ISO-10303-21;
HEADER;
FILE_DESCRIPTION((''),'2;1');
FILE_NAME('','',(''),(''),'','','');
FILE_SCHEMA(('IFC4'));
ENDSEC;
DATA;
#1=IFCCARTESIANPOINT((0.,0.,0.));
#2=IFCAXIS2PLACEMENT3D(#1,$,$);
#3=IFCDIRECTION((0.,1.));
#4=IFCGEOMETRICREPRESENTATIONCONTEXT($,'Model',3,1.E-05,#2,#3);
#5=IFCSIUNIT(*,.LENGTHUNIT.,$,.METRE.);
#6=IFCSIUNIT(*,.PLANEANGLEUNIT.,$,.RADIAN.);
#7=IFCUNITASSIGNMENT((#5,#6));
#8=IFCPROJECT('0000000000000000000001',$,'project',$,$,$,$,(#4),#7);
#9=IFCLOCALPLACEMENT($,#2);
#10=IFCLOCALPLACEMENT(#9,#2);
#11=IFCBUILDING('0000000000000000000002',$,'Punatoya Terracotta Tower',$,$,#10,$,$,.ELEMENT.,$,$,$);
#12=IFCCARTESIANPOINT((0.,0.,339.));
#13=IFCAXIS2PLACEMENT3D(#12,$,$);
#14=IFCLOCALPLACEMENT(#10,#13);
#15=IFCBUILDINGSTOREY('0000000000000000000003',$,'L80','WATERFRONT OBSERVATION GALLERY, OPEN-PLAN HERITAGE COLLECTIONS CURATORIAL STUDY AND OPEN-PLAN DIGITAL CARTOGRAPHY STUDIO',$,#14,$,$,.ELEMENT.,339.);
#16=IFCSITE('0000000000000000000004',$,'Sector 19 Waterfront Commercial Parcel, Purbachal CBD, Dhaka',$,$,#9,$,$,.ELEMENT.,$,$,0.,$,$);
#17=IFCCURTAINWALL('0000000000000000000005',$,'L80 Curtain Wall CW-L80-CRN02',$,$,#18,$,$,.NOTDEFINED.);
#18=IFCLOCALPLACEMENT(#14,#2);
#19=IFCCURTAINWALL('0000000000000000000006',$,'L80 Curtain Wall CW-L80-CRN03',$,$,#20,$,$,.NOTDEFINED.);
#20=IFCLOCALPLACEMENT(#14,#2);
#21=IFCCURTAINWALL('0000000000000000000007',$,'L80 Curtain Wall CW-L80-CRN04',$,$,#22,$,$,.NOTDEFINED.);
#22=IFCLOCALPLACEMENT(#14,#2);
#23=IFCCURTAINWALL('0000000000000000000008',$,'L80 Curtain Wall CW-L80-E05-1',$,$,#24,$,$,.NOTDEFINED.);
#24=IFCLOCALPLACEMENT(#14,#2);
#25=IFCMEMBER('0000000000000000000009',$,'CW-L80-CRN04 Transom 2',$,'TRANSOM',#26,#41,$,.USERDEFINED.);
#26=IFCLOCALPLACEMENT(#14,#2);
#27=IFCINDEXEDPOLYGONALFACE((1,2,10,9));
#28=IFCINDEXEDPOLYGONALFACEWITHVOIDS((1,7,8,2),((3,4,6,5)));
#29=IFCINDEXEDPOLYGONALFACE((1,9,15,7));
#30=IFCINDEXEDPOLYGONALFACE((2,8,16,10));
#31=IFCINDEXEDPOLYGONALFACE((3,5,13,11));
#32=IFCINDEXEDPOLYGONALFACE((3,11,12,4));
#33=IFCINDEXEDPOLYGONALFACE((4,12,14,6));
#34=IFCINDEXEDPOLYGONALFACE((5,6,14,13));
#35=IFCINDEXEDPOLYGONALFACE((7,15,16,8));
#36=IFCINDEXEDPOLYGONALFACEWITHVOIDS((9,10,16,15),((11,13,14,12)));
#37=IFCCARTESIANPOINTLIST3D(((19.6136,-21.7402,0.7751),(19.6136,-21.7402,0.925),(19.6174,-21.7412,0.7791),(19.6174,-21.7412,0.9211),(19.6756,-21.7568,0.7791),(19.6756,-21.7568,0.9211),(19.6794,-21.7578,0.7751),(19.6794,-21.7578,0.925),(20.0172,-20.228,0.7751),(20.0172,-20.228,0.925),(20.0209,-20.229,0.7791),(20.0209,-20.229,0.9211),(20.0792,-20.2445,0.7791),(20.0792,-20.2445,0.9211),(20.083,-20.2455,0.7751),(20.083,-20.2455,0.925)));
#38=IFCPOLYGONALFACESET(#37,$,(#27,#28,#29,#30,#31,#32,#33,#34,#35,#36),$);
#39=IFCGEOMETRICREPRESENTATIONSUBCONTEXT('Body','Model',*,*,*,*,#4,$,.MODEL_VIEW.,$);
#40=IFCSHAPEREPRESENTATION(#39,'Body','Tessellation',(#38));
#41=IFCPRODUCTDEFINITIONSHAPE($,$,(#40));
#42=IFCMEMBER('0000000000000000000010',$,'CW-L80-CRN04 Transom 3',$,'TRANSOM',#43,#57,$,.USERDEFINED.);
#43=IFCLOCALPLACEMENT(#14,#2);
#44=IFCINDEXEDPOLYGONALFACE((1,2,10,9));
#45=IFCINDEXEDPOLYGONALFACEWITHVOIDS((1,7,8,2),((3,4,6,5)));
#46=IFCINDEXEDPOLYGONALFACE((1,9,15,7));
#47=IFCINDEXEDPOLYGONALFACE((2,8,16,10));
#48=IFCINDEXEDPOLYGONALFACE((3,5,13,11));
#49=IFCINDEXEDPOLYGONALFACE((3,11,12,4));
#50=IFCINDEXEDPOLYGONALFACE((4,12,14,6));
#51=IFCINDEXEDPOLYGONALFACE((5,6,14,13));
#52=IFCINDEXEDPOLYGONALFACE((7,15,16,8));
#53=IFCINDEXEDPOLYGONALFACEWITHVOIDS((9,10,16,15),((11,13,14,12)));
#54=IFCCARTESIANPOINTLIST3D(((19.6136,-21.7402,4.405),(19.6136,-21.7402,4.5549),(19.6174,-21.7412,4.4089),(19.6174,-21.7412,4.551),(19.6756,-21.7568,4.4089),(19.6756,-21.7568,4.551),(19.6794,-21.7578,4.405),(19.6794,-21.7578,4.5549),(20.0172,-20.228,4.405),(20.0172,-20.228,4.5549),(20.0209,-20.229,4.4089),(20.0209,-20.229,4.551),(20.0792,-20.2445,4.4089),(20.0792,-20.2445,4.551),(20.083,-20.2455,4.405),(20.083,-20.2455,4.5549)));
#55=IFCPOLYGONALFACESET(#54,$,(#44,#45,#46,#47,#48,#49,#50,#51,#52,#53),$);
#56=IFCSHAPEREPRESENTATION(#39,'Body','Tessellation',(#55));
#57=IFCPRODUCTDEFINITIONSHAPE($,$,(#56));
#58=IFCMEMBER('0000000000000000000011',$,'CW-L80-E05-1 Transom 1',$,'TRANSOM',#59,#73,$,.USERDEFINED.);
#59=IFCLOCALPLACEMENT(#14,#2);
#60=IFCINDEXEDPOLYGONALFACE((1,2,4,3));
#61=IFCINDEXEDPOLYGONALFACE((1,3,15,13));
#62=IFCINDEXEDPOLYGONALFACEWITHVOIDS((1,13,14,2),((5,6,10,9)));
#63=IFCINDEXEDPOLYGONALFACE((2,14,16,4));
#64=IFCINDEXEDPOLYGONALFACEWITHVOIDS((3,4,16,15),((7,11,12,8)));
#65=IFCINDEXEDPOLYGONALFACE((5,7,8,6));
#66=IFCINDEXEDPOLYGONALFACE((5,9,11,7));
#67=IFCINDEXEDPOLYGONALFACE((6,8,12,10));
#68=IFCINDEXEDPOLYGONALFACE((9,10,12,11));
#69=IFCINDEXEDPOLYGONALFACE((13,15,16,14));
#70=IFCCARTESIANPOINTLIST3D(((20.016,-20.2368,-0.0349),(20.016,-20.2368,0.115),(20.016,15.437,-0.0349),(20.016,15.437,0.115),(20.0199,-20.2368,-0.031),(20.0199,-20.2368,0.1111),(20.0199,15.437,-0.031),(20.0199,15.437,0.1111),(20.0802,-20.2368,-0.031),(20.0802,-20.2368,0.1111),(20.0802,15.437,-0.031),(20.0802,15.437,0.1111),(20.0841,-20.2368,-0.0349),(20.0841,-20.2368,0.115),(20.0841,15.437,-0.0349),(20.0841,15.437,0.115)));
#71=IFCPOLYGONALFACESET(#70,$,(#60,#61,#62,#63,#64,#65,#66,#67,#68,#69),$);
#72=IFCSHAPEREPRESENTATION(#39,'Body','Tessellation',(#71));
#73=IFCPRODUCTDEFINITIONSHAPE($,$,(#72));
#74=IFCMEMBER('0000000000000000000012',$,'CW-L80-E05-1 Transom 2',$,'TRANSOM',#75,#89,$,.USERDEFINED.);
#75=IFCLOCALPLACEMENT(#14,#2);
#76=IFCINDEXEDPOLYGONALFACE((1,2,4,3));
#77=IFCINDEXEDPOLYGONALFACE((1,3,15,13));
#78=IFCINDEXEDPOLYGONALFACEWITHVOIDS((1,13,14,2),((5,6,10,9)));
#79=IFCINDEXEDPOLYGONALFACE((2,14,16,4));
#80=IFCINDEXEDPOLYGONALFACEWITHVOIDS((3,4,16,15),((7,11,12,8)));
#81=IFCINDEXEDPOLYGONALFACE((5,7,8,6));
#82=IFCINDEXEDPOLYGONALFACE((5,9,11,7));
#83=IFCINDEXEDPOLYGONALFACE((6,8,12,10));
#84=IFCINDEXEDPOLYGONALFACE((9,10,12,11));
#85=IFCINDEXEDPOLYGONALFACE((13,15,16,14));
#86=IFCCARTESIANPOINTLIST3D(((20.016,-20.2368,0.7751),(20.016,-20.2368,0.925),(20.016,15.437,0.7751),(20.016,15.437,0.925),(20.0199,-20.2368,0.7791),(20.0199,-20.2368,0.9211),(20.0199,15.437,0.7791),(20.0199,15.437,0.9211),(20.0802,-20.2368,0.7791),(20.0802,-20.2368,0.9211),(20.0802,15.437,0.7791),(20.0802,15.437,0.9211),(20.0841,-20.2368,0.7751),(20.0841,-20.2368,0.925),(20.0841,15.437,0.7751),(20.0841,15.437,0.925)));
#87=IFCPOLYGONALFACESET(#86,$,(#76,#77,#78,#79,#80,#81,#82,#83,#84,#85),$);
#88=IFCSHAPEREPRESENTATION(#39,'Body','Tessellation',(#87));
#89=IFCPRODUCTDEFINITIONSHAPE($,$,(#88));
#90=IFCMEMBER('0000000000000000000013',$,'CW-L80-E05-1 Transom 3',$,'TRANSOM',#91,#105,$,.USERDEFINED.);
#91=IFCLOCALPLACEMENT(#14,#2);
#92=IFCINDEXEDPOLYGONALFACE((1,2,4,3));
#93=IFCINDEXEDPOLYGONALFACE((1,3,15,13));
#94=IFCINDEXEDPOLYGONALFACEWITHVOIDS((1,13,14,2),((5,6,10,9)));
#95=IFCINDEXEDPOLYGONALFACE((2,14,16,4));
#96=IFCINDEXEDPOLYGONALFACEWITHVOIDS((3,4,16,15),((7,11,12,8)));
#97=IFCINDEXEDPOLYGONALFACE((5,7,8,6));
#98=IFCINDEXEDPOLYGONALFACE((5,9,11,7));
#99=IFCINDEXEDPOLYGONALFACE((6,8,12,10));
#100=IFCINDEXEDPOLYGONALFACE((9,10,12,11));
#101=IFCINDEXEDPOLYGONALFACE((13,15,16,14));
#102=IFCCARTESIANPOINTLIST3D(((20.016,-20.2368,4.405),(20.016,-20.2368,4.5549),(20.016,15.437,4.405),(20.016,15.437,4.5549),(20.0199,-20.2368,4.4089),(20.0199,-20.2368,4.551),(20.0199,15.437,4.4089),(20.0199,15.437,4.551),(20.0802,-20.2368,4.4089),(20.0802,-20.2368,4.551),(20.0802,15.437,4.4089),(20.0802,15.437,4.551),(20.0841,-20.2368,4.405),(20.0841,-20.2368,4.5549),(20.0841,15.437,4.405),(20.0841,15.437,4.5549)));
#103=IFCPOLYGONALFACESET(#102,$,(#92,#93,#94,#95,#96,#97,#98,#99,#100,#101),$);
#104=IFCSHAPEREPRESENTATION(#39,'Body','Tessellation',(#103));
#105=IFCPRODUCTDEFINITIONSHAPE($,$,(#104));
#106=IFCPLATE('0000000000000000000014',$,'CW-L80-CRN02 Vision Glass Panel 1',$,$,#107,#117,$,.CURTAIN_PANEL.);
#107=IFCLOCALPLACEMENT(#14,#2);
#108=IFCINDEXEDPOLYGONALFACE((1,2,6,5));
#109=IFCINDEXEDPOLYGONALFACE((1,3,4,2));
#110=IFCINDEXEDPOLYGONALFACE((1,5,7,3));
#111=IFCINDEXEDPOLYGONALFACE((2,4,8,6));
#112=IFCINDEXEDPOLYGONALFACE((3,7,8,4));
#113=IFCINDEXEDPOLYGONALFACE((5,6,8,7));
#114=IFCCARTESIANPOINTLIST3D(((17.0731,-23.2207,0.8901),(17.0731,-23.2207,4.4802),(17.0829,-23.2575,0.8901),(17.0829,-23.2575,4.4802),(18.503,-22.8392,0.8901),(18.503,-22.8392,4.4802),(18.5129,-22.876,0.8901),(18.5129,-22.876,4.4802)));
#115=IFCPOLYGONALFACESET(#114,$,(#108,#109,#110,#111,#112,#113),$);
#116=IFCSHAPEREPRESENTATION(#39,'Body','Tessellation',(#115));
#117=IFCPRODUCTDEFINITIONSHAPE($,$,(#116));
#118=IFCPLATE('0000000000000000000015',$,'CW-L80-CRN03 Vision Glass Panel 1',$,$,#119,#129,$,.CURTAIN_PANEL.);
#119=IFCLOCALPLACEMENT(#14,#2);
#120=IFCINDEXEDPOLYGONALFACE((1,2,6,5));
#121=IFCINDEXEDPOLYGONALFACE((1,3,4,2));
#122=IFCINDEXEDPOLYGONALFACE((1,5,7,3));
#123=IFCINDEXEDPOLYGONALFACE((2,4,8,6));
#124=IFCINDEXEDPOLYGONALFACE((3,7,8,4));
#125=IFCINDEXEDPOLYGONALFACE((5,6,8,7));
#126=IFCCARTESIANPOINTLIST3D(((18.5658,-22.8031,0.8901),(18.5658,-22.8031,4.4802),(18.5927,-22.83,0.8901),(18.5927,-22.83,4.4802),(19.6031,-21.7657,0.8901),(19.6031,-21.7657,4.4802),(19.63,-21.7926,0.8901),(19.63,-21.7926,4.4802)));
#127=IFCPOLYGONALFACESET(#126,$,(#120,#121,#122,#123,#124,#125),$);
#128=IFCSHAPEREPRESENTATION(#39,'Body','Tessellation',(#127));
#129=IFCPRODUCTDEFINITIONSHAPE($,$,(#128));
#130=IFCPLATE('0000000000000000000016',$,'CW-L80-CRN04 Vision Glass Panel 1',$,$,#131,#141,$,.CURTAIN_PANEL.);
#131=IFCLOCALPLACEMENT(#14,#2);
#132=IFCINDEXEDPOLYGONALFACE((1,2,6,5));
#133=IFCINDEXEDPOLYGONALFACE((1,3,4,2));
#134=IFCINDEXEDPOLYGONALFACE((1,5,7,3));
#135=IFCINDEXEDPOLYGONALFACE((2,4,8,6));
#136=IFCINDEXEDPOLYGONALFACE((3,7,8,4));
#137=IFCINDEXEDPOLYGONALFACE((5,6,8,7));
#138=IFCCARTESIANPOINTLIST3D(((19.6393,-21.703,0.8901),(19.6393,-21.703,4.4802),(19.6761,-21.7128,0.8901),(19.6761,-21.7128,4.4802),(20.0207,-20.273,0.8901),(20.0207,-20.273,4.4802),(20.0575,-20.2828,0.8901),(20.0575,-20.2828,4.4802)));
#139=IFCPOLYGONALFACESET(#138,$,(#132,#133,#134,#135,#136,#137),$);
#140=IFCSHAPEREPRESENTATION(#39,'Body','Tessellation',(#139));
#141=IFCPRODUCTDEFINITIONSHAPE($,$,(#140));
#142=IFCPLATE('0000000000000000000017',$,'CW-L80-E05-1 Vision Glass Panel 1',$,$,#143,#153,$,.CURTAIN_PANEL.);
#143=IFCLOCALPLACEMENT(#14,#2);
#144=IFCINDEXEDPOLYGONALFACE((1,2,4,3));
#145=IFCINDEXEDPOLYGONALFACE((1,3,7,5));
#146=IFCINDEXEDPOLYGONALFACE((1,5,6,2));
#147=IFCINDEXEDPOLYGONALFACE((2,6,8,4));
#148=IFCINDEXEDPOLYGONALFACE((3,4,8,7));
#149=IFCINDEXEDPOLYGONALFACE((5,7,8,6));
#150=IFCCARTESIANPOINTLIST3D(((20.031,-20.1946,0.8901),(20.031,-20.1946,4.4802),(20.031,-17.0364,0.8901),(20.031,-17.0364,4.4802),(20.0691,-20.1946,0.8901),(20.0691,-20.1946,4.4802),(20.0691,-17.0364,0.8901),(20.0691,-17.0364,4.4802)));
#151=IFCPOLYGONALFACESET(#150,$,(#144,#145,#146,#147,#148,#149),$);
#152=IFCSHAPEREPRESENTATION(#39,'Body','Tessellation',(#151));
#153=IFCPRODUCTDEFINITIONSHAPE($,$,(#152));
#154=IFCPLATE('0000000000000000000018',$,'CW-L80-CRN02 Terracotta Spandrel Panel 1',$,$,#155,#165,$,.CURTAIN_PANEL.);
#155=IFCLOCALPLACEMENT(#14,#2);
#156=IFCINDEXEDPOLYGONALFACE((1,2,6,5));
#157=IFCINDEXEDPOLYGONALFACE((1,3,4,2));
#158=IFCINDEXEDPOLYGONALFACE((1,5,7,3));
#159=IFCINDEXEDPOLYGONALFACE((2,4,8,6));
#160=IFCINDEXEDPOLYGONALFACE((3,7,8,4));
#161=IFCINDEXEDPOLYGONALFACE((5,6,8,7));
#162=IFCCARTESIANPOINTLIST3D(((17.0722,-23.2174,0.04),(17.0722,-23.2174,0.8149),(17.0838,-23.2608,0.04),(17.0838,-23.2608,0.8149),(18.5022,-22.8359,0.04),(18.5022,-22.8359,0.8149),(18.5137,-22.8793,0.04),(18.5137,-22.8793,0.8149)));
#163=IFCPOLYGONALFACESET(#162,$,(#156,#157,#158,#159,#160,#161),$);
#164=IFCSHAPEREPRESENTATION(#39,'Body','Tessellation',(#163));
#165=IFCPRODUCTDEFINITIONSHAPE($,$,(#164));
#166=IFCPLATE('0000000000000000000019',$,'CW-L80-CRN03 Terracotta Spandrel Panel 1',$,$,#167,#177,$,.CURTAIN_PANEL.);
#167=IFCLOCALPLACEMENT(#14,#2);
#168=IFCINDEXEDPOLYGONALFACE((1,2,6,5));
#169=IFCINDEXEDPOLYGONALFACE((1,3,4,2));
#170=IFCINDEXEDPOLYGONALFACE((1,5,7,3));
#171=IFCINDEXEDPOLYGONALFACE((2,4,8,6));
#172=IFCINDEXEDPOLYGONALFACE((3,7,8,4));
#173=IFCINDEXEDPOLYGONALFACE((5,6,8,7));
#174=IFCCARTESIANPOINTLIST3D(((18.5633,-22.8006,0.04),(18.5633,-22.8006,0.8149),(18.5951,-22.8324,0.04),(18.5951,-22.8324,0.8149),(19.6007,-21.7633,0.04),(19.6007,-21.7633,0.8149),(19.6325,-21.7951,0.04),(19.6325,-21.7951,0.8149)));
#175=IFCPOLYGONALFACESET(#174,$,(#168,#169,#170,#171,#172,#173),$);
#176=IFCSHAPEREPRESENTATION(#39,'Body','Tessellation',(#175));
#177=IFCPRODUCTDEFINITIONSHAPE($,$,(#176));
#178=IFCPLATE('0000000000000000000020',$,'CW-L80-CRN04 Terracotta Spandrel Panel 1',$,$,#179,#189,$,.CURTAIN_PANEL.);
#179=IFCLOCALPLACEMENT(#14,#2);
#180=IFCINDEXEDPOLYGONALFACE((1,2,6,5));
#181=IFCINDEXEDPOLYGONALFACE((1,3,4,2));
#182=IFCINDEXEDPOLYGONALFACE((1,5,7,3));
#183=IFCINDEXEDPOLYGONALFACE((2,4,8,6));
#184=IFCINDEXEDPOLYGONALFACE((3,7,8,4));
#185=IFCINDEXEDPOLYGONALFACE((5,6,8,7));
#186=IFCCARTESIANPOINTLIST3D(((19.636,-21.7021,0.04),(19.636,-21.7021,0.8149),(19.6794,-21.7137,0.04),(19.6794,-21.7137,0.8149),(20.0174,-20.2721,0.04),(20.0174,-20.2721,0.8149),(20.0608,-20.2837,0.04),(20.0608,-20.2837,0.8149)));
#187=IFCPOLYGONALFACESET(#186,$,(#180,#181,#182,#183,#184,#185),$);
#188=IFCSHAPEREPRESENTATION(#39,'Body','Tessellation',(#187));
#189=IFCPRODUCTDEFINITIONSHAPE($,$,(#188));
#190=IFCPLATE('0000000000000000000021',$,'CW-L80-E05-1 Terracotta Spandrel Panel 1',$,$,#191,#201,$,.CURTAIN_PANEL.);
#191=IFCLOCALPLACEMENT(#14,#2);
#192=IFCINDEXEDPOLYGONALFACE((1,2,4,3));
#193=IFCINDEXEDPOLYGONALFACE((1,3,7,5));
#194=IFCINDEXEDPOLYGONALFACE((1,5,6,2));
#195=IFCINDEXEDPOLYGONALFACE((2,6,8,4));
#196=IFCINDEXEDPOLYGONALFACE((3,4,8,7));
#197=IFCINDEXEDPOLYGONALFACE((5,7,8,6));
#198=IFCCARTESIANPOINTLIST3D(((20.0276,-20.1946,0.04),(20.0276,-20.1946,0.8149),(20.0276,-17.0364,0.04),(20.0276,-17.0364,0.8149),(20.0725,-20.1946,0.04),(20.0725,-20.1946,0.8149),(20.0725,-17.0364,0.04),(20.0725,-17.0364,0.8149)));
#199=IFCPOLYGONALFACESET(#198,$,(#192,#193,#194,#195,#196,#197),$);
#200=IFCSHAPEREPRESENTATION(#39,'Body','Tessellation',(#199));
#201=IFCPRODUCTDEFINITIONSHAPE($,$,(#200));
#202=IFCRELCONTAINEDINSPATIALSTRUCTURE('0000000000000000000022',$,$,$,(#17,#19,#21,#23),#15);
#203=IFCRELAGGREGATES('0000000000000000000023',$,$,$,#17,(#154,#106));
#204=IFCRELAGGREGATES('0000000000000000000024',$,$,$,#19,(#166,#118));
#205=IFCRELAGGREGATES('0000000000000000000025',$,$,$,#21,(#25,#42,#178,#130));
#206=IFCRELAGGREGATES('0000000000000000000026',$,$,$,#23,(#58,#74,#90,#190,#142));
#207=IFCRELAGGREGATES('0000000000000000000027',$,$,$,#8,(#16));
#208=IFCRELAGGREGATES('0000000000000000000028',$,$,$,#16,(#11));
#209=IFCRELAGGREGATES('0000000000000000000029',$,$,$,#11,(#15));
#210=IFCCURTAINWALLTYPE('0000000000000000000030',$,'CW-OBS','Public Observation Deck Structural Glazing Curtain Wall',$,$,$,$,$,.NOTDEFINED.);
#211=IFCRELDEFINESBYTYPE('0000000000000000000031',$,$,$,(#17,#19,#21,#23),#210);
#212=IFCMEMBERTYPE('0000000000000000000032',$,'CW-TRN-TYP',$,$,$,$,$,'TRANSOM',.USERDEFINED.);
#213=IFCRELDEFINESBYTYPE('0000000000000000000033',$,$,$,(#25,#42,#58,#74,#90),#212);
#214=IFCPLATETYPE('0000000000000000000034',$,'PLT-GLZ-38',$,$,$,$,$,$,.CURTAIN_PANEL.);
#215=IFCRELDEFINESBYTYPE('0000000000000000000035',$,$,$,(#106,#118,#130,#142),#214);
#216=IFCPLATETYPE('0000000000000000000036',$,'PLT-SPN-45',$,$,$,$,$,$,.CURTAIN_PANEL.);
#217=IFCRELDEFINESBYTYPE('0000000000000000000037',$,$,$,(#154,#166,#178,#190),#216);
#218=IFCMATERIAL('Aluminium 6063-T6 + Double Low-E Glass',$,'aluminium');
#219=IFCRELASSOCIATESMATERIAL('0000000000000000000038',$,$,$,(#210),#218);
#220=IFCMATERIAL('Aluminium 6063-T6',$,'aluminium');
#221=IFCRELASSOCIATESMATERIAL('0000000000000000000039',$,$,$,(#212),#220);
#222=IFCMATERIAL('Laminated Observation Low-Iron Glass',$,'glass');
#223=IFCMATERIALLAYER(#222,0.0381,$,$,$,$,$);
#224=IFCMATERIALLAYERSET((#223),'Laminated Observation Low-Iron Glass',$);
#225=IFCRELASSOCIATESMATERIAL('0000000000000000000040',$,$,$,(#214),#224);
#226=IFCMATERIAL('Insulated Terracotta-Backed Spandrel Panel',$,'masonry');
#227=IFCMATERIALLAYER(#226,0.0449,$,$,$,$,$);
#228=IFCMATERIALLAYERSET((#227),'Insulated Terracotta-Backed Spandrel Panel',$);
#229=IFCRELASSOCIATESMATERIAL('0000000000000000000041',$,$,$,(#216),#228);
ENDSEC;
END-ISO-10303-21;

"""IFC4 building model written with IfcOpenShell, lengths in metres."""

from ifc_helpers import new_model, si_unit, direction, frame, origin, origin_2d, place, context, subcontext, project, spatial, rectangle, hollow_rectangle, extrude, material, layer, layer_set, material_profile, profile_set, type_object, element, aggregate, save


model = new_model("IFC4")

# Units and contexts
model_context = context("Model", 3, precision=1e-05, world=origin(), true_north=direction((0.0, 1.0)))
body_context = subcontext(model_context, "Body", "Model", "MODEL_VIEW")
ifc_project = project(units=[si_unit("LENGTHUNIT", "METRE"), si_unit("PLANEANGLEUNIT", "RADIAN")], contexts=[model_context])

# Site, building, storey
site_placement = place(None, origin())
site = spatial("IfcSite", under=ifc_project, at=site_placement, Name="Sector 19 Waterfront Commercial Parcel, Purbachal CBD, Dhaka", CompositionType="ELEMENT", RefElevation=0.0)
building_placement = place(site_placement, origin())
building = spatial("IfcBuilding", under=site, at=building_placement, Name="Punatoya Terracotta Tower", CompositionType="ELEMENT")
storey_placement = place(building_placement, frame((0.0, 0.0, 339.0)))
storey = spatial("IfcBuildingStorey", under=building, at=storey_placement, Name="L80", Description="WATERFRONT OBSERVATION GALLERY, OPEN-PLAN HERITAGE COLLECTIONS CURATORIAL STUDY AND OPEN-PLAN DIGITAL CARTOGRAPHY STUDIO", CompositionType="ELEMENT", Elevation=339.0)

# Curtain walls
ifc_material_1 = material(Name="Aluminium 6063-T6 + Double Low-E Glass", Category="aluminium")
curtain_wall_type = type_object("IfcCurtainWallType", Name="CW-OBS", Description="Public Observation Deck Structural Glazing Curtain Wall", PredefinedType="NOTDEFINED", material=ifc_material_1)
curtain_wall_1_placement = place(storey_placement, origin())
curtain_wall_1 = element("IfcCurtainWall", 1, at=curtain_wall_1_placement, inside=storey, type_object=curtain_wall_type, Name="L80 Curtain Wall CW-L80-CRN02", PredefinedType="NOTDEFINED")
ifc_material_2 = material(Name="Aluminium 6063-T6", Category="aluminium")
curtain_wall_2_placement = place(storey_placement, origin())
curtain_wall_2 = element("IfcCurtainWall", 2, at=curtain_wall_2_placement, inside=storey, type_object=curtain_wall_type, Name="L80 Curtain Wall CW-L80-CRN03", PredefinedType="NOTDEFINED")
curtain_wall_3_placement = place(storey_placement, origin())
curtain_wall_3 = element("IfcCurtainWall", 3, at=curtain_wall_3_placement, inside=storey, type_object=curtain_wall_type, Name="L80 Curtain Wall CW-L80-CRN04", PredefinedType="NOTDEFINED")

# Curtain wall
curtain_wall_4_placement = place(storey_placement, origin())
curtain_wall_4 = element("IfcCurtainWall", 4, at=curtain_wall_4_placement, inside=storey, type_object=curtain_wall_type, Name="L80 Curtain Wall CW-L80-E05-1", PredefinedType="NOTDEFINED")

# Members
ifc_material_profile_1 = material_profile(ifc_material_2, hollow_rectangle(XDim=0.0681, YDim=0.1499, WallThickness=0.0039, at=origin_2d()))
ifc_profile_set_1 = profile_set([ifc_material_profile_1], Name="Aluminium 6063-T6")
member_type_1 = type_object("IfcMemberType", Name="CW-TRN-TYP", ElementType="TRANSOM", PredefinedType="USERDEFINED", material=ifc_profile_set_1)
member_1_placement = place(storey_placement, frame((19.6465, -21.749, 0.8501), z_axis=(0.257847, 0.966186, 0.0), x_axis=(-0.966186, 0.257847, 0.0)))
member_1 = element("IfcMember", 5, at=member_1_placement, type_object=member_type_1, Name="CW-L80-CRN04 Transom 2", ObjectType="TRANSOM", PredefinedType="USERDEFINED", context=body_context, shape_type="SweptSolid", body=[
    extrude(hollow_rectangle(XDim=0.0681, YDim=0.1499, WallThickness=0.0039, at=origin_2d()), origin(), (0.0, 0.0, 1.0), 1.5652),
])
member_2_placement = place(storey_placement, frame((19.6465, -21.749, 4.48), z_axis=(0.257847, 0.966186, 0.0), x_axis=(-0.966186, 0.257847, 0.0)))
member_2 = element("IfcMember", 6, at=member_2_placement, type_object=member_type_1, Name="CW-L80-CRN04 Transom 3", ObjectType="TRANSOM", PredefinedType="USERDEFINED", context=body_context, shape_type="SweptSolid", body=[
    extrude(hollow_rectangle(XDim=0.0681, YDim=0.1499, WallThickness=0.0039, at=origin_2d()), origin(), (0.0, 0.0, 1.0), 1.5652),
])
member_3_placement = place(storey_placement, frame((20.05, -20.2368, 0.04), z_axis=(0.0, 1.0, 0.0), x_axis=(-1.0, 0.0, 0.0)))
member_3 = element("IfcMember", 7, at=member_3_placement, type_object=member_type_1, Name="CW-L80-E05-1 Transom 1", ObjectType="TRANSOM", PredefinedType="USERDEFINED", context=body_context, shape_type="SweptSolid", body=[
    extrude(hollow_rectangle(XDim=0.0681, YDim=0.1499, WallThickness=0.0039, at=origin_2d()), origin(), (0.0, 0.0, 1.0), 35.6738),
])
member_4_placement = place(storey_placement, frame((20.05, -20.2368, 0.8501), z_axis=(0.0, 1.0, 0.0), x_axis=(-1.0, 0.0, 0.0)))
member_4 = element("IfcMember", 8, at=member_4_placement, type_object=member_type_1, Name="CW-L80-E05-1 Transom 2", ObjectType="TRANSOM", PredefinedType="USERDEFINED", context=body_context, shape_type="SweptSolid", body=[
    extrude(hollow_rectangle(XDim=0.0681, YDim=0.1499, WallThickness=0.0039, at=origin_2d()), origin(), (0.0, 0.0, 1.0), 35.6738),
])
member_5_placement = place(storey_placement, frame((20.05, -20.2368, 4.48), z_axis=(0.0, 1.0, 0.0), x_axis=(-1.0, 0.0, 0.0)))
member_5 = element("IfcMember", 9, at=member_5_placement, type_object=member_type_1, Name="CW-L80-E05-1 Transom 3", ObjectType="TRANSOM", PredefinedType="USERDEFINED", context=body_context, shape_type="SweptSolid", body=[
    extrude(hollow_rectangle(XDim=0.0681, YDim=0.1499, WallThickness=0.0039, at=origin_2d()), origin(), (0.0, 0.0, 1.0), 35.6738),
])

# Plates
ifc_material_3 = material(Name="Laminated Observation Low-Iron Glass", Category="glass")
ifc_layer_1 = layer(ifc_material_3, 0.0381)
ifc_layer_set_1 = layer_set([ifc_layer_1], Name="Laminated Observation Low-Iron Glass")
plate_type_1 = type_object("IfcPlateType", Name="PLT-GLZ-38", PredefinedType="CURTAIN_PANEL", material=ifc_layer_set_1)
plate_1_placement = place(storey_placement, frame((17.793, -23.0483, 0.8901), z_axis=(0.0, 0.0, 1.0), x_axis=(0.966214, 0.257742, 0.0)))
plate_1 = element("IfcPlate", 10, at=plate_1_placement, type_object=plate_type_1, Name="CW-L80-CRN02 Vision Glass Panel 1", PredefinedType="CURTAIN_PANEL", context=body_context, shape_type="SweptSolid", body=[
    extrude(rectangle(XDim=1.48, YDim=0.0381, at=origin_2d()), origin(), (0.0, 0.0, 1.0), 3.5901),
])
plate_2_placement = place(storey_placement, frame((19.0979, -22.2979, 0.8901), z_axis=(0.0, 0.0, 1.0), x_axis=(0.707107, 0.707107, 0.0)))
plate_2 = element("IfcPlate", 11, at=plate_2_placement, type_object=plate_type_1, Name="CW-L80-CRN03 Vision Glass Panel 1", PredefinedType="CURTAIN_PANEL", context=body_context, shape_type="SweptSolid", body=[
    extrude(rectangle(XDim=1.467, YDim=0.0381, at=origin_2d()), origin(), (0.0, 0.0, 1.0), 3.5901),
])
plate_3_placement = place(storey_placement, frame((19.8484, -20.9929, 0.8901), z_axis=(0.0, 0.0, 1.0), x_axis=(0.257742, 0.966214, 0.0)))
plate_3 = element("IfcPlate", 12, at=plate_3_placement, type_object=plate_type_1, Name="CW-L80-CRN04 Vision Glass Panel 1", PredefinedType="CURTAIN_PANEL", context=body_context, shape_type="SweptSolid", body=[
    extrude(rectangle(XDim=1.48, YDim=0.0381, at=origin_2d()), origin(), (0.0, 0.0, 1.0), 3.5901),
])
plate_4_placement = place(storey_placement, frame((20.05, -18.6155, 0.8901), z_axis=(0.0, 0.0, 1.0), x_axis=(0.0, 1.0, 0.0)))
plate_4 = element("IfcPlate", 13, at=plate_4_placement, type_object=plate_type_1, Name="CW-L80-E05-1 Vision Glass Panel 1", PredefinedType="CURTAIN_PANEL", context=body_context, shape_type="SweptSolid", body=[
    extrude(rectangle(XDim=3.1582, YDim=0.0381, at=origin_2d()), origin(), (0.0, 0.0, 1.0), 3.5901),
])
ifc_material_4 = material(Name="Insulated Terracotta-Backed Spandrel Panel", Category="masonry")
ifc_layer_2 = layer(ifc_material_4, 0.0449)
ifc_layer_set_2 = layer_set([ifc_layer_2], Name="Insulated Terracotta-Backed Spandrel Panel")
plate_type_2 = type_object("IfcPlateType", Name="PLT-SPN-45", PredefinedType="CURTAIN_PANEL", material=ifc_layer_set_2)
plate_5_placement = place(storey_placement, frame((17.793, -23.0483, 0.04), z_axis=(0.0, 0.0, 1.0), x_axis=(0.966214, 0.257742, 0.0)))
plate_5 = element("IfcPlate", 14, at=plate_5_placement, type_object=plate_type_2, Name="CW-L80-CRN02 Terracotta Spandrel Panel 1", PredefinedType="CURTAIN_PANEL", context=body_context, shape_type="SweptSolid", body=[
    extrude(rectangle(XDim=1.48, YDim=0.0449, at=origin_2d()), origin(), (0.0, 0.0, 1.0), 0.7749),
])
aggregate(curtain_wall_1, [plate_5, plate_1])
plate_6_placement = place(storey_placement, frame((19.0979, -22.2979, 0.04), z_axis=(0.0, 0.0, 1.0), x_axis=(0.707107, 0.707107, 0.0)))
plate_6 = element("IfcPlate", 15, at=plate_6_placement, type_object=plate_type_2, Name="CW-L80-CRN03 Terracotta Spandrel Panel 1", PredefinedType="CURTAIN_PANEL", context=body_context, shape_type="SweptSolid", body=[
    extrude(rectangle(XDim=1.467, YDim=0.0449, at=origin_2d()), origin(), (0.0, 0.0, 1.0), 0.7749),
])
aggregate(curtain_wall_2, [plate_6, plate_2])
plate_7_placement = place(storey_placement, frame((19.8484, -20.9929, 0.04), z_axis=(0.0, 0.0, 1.0), x_axis=(0.257742, 0.966214, 0.0)))
plate_7 = element("IfcPlate", 16, at=plate_7_placement, type_object=plate_type_2, Name="CW-L80-CRN04 Terracotta Spandrel Panel 1", PredefinedType="CURTAIN_PANEL", context=body_context, shape_type="SweptSolid", body=[
    extrude(rectangle(XDim=1.48, YDim=0.0449, at=origin_2d()), origin(), (0.0, 0.0, 1.0), 0.7749),
])
aggregate(curtain_wall_3, [member_1, member_2, plate_7, plate_3])
plate_8_placement = place(storey_placement, frame((20.05, -18.6155, 0.04), z_axis=(0.0, 0.0, 1.0), x_axis=(0.0, 1.0, 0.0)))
plate_8 = element("IfcPlate", 17, at=plate_8_placement, type_object=plate_type_2, Name="CW-L80-E05-1 Terracotta Spandrel Panel 1", PredefinedType="CURTAIN_PANEL", context=body_context, shape_type="SweptSolid", body=[
    extrude(rectangle(XDim=3.1582, YDim=0.0449, at=origin_2d()), origin(), (0.0, 0.0, 1.0), 0.7749),
])
aggregate(curtain_wall_4, [member_3, member_4, member_5, plate_8, plate_4])

save(model, "model.ifc")
